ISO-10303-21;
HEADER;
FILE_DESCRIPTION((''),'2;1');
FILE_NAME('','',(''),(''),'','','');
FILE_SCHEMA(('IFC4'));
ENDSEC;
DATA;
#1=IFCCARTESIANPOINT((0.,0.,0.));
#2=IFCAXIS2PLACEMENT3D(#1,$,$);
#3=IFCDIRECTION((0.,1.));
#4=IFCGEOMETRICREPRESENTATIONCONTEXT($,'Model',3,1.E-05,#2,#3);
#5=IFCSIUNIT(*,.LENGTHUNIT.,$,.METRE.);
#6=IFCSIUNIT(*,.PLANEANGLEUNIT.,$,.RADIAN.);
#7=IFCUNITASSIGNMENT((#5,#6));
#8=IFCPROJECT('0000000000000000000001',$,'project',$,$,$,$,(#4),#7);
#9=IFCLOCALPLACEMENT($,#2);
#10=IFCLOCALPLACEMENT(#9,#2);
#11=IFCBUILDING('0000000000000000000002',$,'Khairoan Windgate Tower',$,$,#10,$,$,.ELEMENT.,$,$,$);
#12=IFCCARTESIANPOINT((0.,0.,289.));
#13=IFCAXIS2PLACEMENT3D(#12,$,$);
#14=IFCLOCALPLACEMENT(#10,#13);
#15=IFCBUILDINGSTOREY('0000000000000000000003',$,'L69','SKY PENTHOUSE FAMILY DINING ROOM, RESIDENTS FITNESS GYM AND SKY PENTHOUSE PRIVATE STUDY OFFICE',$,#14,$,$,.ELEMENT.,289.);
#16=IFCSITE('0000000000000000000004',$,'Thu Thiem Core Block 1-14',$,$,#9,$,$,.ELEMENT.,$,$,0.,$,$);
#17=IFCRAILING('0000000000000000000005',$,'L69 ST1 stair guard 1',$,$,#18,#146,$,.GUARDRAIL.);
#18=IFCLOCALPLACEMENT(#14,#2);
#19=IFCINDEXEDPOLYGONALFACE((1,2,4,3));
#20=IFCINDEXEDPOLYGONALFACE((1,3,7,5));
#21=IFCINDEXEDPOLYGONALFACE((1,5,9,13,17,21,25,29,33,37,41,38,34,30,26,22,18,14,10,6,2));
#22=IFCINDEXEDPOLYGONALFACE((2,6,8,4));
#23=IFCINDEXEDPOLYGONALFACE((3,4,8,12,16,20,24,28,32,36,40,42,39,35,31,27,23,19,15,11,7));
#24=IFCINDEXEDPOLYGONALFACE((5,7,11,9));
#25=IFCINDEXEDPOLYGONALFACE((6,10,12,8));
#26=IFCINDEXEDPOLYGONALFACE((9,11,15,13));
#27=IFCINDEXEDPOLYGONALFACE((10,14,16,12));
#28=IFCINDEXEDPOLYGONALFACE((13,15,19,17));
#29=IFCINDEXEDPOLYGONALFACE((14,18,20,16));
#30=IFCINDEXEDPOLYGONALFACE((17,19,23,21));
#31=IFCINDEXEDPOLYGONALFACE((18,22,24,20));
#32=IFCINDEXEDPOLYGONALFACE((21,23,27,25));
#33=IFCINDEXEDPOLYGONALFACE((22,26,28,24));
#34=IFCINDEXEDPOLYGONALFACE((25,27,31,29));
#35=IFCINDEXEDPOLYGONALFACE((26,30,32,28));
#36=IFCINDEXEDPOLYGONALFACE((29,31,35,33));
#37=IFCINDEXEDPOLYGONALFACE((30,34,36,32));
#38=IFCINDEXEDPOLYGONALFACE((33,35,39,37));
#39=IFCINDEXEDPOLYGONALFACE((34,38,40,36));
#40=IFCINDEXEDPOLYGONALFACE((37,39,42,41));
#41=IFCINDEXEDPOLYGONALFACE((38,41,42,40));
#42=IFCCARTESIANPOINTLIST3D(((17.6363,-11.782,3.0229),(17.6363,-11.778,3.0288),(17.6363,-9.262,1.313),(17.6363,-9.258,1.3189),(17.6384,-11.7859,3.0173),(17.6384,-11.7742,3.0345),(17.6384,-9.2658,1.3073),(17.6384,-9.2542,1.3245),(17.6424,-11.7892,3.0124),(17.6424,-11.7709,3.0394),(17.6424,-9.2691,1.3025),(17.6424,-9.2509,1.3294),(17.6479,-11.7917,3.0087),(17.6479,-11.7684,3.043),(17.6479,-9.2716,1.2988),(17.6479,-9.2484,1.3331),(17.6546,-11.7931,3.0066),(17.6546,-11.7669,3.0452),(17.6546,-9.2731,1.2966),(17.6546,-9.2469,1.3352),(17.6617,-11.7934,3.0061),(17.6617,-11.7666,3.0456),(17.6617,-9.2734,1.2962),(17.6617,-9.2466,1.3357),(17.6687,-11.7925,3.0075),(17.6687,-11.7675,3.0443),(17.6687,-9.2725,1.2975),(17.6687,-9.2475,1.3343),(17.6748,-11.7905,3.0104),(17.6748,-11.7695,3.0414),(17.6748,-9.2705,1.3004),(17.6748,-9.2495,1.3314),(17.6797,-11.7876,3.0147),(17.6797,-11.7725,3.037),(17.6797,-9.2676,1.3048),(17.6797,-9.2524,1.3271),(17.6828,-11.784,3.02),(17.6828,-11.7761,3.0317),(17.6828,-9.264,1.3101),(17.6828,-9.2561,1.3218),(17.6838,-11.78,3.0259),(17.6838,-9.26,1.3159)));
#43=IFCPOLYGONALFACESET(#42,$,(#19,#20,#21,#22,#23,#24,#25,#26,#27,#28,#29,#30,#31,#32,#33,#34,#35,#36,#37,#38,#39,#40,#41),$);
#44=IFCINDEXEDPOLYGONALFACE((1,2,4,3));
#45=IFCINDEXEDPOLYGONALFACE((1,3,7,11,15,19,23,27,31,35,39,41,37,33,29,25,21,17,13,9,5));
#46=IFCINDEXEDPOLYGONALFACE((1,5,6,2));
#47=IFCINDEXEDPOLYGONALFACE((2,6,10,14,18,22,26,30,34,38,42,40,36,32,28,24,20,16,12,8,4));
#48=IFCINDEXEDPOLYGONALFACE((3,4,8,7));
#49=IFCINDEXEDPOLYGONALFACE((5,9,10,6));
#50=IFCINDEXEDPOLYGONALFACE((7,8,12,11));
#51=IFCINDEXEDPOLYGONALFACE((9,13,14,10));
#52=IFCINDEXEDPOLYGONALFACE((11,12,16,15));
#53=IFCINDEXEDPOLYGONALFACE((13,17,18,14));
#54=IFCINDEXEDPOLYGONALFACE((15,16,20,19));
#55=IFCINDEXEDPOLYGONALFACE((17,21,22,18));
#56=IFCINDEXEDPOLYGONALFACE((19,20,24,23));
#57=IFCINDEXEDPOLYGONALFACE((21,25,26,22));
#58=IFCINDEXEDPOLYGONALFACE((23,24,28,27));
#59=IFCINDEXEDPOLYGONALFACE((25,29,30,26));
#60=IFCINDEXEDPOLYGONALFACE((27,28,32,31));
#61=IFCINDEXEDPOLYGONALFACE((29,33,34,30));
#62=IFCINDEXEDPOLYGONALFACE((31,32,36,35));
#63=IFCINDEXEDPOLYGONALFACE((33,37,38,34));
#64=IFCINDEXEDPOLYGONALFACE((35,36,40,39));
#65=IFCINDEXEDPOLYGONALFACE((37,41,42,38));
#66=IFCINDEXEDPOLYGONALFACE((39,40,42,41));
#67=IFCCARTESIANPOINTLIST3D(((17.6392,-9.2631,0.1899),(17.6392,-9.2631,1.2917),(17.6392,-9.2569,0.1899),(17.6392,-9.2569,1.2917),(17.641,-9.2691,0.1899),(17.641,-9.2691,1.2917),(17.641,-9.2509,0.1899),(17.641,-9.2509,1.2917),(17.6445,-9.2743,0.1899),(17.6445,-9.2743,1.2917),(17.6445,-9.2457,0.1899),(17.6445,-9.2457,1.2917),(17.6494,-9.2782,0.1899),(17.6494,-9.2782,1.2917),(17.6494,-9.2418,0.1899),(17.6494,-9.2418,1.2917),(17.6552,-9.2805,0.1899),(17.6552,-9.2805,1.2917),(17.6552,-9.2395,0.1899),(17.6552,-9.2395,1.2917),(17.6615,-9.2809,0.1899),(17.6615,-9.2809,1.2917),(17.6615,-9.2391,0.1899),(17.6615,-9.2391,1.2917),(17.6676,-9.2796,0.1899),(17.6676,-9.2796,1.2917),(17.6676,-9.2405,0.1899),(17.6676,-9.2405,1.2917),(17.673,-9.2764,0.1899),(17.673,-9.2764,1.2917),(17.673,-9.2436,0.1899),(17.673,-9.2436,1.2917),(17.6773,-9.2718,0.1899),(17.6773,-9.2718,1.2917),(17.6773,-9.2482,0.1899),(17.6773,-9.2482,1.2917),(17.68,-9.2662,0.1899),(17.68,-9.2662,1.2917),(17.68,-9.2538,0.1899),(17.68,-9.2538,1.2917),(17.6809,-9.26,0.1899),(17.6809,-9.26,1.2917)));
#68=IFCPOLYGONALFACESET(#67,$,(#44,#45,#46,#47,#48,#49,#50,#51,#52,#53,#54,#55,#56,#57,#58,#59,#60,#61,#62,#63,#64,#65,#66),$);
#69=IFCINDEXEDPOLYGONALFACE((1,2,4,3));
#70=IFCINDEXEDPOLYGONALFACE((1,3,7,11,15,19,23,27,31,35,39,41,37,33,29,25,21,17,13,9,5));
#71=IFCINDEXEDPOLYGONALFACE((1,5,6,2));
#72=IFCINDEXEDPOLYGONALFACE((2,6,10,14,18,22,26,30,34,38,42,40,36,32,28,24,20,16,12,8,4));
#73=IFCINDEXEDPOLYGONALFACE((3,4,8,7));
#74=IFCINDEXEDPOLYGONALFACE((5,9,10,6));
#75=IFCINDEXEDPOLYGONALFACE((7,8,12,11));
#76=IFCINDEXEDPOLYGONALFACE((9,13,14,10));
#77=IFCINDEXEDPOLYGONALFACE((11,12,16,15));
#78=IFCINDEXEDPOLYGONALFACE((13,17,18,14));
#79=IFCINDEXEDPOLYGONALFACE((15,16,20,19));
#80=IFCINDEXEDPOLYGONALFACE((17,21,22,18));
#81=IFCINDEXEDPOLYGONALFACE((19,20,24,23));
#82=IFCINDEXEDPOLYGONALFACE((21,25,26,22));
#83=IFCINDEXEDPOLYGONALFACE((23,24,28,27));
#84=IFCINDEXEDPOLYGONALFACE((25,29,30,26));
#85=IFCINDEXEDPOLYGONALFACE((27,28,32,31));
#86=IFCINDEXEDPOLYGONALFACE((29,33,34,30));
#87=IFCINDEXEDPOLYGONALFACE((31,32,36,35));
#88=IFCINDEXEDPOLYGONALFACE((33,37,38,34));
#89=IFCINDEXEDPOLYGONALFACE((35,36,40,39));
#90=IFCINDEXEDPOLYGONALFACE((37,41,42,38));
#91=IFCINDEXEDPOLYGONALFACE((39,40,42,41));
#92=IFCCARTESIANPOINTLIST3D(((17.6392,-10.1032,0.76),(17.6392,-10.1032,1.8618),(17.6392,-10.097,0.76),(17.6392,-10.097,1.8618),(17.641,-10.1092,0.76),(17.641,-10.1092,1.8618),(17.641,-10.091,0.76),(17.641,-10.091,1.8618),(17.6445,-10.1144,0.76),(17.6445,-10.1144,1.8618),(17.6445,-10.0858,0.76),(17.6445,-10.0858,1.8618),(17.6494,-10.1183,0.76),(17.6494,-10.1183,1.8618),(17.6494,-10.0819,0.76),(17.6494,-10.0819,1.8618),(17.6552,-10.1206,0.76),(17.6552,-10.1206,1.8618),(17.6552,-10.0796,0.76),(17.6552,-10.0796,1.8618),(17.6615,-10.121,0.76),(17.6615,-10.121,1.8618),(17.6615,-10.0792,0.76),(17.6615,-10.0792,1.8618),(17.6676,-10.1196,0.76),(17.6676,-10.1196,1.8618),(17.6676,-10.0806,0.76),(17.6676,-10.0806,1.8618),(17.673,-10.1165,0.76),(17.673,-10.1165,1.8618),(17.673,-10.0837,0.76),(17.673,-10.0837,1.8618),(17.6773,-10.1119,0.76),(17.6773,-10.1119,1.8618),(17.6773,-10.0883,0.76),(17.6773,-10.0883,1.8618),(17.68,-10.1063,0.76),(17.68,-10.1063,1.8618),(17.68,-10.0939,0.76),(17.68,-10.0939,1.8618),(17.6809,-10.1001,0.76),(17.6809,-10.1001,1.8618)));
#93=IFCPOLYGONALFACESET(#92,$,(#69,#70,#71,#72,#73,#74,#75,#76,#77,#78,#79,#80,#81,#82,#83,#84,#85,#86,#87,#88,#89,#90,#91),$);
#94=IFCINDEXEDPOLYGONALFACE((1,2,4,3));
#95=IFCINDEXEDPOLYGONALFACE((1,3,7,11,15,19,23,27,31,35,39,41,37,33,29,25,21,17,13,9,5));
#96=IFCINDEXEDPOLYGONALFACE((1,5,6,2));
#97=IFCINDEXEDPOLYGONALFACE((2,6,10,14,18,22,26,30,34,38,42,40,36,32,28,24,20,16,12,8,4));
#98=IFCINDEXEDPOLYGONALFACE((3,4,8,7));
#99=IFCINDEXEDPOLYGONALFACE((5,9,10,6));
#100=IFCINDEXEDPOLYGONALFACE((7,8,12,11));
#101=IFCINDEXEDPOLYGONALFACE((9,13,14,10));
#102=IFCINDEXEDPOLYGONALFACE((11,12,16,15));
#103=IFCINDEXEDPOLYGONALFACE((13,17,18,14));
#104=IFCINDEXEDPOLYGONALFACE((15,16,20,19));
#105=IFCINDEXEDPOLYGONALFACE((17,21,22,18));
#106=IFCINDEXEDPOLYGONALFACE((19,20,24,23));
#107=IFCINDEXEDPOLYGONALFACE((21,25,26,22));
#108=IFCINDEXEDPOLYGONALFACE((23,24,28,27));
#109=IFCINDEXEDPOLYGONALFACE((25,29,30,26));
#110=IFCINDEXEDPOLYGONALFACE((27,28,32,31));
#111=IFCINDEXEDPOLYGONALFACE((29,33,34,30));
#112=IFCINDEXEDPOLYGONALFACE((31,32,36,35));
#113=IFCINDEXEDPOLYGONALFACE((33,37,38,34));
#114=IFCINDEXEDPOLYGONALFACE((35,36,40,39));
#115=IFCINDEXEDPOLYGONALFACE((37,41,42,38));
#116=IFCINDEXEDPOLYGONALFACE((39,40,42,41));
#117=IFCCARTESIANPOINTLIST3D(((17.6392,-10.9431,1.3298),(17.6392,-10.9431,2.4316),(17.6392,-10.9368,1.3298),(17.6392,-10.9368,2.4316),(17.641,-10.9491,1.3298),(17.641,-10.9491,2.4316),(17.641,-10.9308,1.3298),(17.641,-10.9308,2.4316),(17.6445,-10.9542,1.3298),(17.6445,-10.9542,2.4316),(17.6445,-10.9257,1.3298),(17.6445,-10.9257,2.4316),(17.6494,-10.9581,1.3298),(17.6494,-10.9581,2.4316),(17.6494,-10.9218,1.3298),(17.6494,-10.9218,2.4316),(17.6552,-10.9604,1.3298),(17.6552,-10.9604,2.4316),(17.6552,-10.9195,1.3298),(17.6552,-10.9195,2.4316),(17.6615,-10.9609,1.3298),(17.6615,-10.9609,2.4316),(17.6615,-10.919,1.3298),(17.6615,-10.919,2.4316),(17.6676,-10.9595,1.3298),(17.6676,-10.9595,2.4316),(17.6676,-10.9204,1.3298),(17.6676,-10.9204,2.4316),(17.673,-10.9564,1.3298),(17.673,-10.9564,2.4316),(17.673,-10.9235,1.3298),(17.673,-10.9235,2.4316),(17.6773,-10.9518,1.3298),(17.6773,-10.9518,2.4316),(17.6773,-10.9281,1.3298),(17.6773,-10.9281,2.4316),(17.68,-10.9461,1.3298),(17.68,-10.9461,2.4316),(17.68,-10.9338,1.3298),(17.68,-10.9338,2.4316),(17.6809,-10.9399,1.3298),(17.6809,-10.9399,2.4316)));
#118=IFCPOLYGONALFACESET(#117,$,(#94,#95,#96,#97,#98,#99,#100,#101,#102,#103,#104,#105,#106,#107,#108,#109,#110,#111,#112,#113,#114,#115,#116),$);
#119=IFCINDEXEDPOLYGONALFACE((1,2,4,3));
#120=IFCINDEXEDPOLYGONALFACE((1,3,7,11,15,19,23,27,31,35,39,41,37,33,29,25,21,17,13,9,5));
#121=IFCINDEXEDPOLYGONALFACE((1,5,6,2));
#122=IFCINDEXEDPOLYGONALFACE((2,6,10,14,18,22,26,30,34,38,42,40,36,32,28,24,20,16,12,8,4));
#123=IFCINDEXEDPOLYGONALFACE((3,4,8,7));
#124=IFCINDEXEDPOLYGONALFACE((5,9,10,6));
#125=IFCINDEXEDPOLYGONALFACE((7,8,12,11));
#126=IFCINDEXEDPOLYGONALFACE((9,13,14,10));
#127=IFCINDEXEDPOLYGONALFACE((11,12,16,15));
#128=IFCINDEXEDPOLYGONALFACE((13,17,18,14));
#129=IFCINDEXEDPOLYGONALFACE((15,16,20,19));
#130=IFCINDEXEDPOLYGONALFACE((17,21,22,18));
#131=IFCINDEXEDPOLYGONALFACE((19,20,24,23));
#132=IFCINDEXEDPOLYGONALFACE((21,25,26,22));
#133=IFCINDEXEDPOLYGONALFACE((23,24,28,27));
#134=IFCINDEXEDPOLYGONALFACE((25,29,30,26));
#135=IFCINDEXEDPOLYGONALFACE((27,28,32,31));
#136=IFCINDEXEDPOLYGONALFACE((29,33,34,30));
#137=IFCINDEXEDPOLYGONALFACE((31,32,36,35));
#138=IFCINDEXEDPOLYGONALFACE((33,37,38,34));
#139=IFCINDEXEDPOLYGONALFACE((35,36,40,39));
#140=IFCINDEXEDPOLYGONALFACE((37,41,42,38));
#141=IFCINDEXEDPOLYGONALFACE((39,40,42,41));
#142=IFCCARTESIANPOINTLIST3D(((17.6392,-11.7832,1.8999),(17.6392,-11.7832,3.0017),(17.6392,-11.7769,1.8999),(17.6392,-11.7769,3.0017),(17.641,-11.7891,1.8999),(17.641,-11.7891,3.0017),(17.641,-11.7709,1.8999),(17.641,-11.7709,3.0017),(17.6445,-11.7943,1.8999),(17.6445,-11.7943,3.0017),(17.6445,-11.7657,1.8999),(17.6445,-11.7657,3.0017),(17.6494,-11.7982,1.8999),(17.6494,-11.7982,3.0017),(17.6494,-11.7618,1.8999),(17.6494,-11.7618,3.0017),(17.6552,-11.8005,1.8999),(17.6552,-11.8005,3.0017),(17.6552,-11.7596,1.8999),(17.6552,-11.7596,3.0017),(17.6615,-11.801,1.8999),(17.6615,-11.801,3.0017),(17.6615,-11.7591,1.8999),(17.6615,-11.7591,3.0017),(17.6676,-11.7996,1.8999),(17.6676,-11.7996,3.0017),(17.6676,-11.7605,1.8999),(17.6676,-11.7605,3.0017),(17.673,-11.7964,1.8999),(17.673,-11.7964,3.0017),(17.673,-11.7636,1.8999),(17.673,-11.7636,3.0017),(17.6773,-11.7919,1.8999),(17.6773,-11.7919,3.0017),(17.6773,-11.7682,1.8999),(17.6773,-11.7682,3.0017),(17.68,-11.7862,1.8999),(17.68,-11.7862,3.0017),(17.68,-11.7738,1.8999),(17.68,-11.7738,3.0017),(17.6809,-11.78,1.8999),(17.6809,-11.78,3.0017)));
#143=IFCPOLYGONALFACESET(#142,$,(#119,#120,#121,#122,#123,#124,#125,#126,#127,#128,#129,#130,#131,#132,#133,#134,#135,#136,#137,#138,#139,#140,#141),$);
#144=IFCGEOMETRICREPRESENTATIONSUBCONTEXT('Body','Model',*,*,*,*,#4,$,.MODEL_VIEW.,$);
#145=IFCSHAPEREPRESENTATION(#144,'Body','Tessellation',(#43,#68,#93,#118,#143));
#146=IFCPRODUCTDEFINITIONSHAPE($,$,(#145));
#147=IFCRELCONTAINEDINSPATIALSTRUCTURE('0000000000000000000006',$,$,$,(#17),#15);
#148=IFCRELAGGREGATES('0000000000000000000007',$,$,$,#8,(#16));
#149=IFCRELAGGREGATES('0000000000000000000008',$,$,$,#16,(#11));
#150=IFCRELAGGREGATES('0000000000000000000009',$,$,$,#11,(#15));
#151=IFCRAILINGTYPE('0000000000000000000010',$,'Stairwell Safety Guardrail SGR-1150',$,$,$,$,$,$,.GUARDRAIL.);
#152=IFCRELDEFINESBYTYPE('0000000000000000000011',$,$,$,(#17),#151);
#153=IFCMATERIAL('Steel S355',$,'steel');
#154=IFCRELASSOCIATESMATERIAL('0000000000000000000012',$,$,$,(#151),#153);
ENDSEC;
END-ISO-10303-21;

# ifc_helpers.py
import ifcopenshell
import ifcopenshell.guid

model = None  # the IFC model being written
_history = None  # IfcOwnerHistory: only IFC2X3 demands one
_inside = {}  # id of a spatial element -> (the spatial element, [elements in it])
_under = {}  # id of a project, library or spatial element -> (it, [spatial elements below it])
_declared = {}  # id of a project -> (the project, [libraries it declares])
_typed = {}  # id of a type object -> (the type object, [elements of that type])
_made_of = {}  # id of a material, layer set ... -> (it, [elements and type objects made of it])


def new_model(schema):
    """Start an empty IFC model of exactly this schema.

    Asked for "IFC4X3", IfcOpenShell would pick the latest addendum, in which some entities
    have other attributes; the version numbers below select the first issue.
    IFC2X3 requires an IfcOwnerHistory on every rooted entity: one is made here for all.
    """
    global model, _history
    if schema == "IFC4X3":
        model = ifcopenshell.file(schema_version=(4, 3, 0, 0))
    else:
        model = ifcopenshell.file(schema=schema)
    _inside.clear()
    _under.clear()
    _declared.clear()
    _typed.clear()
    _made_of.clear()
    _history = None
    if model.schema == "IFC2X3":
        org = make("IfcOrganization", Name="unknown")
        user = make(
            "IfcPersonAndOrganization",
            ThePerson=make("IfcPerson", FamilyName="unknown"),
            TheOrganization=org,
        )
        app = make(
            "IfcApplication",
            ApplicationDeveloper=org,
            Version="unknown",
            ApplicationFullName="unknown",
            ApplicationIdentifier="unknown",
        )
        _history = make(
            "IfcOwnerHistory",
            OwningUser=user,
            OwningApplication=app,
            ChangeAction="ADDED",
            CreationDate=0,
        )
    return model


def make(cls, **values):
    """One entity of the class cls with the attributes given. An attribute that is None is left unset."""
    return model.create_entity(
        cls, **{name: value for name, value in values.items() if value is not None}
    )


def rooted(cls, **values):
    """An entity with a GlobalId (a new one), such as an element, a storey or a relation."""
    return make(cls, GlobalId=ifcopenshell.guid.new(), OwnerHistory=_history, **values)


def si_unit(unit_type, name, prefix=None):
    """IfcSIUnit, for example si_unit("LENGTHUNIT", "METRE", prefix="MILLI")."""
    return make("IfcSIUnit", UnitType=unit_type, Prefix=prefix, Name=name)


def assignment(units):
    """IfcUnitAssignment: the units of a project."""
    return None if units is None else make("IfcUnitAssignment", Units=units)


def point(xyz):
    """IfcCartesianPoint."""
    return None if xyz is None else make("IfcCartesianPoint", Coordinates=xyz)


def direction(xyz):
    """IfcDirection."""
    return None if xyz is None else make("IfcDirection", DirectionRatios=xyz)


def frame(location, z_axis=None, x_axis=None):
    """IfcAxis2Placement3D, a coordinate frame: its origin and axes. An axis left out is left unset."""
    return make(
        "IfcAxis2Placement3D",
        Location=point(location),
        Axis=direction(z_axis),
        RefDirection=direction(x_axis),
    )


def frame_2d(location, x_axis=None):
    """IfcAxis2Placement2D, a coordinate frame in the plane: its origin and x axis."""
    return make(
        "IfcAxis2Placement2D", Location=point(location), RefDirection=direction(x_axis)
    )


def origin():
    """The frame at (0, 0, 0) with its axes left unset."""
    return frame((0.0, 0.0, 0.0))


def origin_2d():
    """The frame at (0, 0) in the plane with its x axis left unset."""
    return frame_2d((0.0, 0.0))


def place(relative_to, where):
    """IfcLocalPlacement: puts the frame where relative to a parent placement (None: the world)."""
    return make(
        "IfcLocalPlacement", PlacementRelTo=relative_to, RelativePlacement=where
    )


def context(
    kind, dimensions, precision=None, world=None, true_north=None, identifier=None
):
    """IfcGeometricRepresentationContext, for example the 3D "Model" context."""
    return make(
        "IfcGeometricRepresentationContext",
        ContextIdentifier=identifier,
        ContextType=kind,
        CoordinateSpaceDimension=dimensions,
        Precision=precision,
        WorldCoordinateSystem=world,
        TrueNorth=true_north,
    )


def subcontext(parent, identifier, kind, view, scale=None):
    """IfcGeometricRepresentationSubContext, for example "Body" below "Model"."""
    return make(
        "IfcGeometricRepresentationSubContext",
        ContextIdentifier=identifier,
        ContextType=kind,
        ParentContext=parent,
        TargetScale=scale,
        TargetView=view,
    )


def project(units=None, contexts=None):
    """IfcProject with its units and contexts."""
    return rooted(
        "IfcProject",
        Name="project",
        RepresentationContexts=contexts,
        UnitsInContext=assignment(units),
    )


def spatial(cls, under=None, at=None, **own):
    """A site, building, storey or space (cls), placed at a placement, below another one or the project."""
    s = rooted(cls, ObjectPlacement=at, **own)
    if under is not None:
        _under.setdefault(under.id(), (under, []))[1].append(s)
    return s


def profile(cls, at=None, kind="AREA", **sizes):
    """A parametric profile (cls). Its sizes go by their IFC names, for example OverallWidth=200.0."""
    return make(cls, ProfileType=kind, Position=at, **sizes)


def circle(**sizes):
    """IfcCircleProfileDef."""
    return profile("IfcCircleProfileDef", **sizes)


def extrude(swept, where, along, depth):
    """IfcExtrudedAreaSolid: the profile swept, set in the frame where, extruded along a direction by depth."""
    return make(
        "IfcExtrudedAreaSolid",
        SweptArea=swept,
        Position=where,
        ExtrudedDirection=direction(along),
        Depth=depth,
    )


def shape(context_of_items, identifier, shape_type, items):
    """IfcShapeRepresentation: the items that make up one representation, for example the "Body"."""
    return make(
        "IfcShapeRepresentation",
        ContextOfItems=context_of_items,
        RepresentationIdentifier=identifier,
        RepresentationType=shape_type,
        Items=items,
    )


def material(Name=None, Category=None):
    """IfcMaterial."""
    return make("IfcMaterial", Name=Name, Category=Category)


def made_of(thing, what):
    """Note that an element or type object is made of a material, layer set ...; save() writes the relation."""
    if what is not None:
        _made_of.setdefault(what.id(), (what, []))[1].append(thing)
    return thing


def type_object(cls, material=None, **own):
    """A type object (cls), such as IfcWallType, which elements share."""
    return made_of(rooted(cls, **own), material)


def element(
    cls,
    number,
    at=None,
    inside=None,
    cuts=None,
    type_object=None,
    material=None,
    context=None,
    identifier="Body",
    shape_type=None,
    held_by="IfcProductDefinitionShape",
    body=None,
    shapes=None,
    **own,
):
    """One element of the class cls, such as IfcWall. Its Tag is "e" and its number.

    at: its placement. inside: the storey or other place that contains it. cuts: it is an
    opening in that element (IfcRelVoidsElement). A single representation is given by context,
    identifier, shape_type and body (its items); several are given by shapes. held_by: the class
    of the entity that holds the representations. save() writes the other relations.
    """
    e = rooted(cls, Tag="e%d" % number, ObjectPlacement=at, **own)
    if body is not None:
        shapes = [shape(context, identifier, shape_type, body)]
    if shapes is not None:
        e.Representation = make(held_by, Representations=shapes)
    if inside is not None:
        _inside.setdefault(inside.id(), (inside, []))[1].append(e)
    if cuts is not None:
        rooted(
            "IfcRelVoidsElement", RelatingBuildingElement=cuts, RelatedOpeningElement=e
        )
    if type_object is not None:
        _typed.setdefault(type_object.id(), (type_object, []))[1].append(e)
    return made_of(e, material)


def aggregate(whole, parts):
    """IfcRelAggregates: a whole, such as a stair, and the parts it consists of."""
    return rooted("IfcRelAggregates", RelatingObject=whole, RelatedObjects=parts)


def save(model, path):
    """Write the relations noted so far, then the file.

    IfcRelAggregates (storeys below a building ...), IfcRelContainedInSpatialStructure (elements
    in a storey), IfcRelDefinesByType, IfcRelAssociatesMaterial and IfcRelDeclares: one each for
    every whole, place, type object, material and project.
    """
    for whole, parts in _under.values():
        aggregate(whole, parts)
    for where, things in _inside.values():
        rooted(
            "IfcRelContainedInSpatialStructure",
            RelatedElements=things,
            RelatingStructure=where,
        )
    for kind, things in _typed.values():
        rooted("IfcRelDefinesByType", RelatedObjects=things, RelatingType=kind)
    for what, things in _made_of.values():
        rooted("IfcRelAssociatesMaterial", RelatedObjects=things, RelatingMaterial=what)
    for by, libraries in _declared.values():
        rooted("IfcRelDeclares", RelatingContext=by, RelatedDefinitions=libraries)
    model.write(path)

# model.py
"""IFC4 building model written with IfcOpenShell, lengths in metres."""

from ifc_helpers import new_model, si_unit, direction, frame, origin, origin_2d, place, context, subcontext, project, spatial, circle, extrude, material, type_object, element, save


model = new_model("IFC4")

# Units and contexts
model_context = context("Model", 3, precision=1e-05, world=origin(), true_north=direction((0.0, 1.0)))
body_context = subcontext(model_context, "Body", "Model", "MODEL_VIEW")
ifc_project = project(units=[si_unit("LENGTHUNIT", "METRE"), si_unit("PLANEANGLEUNIT", "RADIAN")], contexts=[model_context])

# Site, building, storey
site_placement = place(None, origin())
site = spatial("IfcSite", under=ifc_project, at=site_placement, Name="Thu Thiem Core Block 1-14", CompositionType="ELEMENT", RefElevation=0.0)
building_placement = place(site_placement, origin())
building = spatial("IfcBuilding", under=site, at=building_placement, Name="Khairoan Windgate Tower", CompositionType="ELEMENT")
storey_placement = place(building_placement, frame((0.0, 0.0, 289.0)))
storey = spatial("IfcBuildingStorey", under=building, at=storey_placement, Name="L69", Description="SKY PENTHOUSE FAMILY DINING ROOM, RESIDENTS FITNESS GYM AND SKY PENTHOUSE PRIVATE STUDY OFFICE", CompositionType="ELEMENT", Elevation=289.0)

# Railing
ifc_material_1 = material(Name="Steel S355", Category="steel")
railing_type_1 = type_object("IfcRailingType", Name="Stairwell Safety Guardrail SGR-1150", PredefinedType="GUARDRAIL", material=ifc_material_1)
railing_1_placement = place(storey_placement, frame((17.6599, -9.26, 0.1899)))
element("IfcRailing", 1, at=railing_1_placement, inside=storey, type_object=railing_type_1, Name="L69 ST1 stair guard 1", PredefinedType="GUARDRAIL", context=body_context, shape_type="SweptSolid", body=[
    extrude(circle(Radius=0.0239, at=origin_2d()), frame((0.0, 0.0, 1.126), z_axis=(0.0, -0.827484, 0.56149), x_axis=(1.0, 0.0, 0.0)), (0.0, 0.0, 1.0), 3.0454),
    extrude(circle(Radius=0.021, at=origin_2d()), origin(), (0.0, 0.0, 1.0), 1.1018),
    extrude(circle(Radius=0.021, at=origin_2d()), frame((0.0, -0.8401, 0.5701)), (0.0, 0.0, 1.0), 1.1018),
    extrude(circle(Radius=0.021, at=origin_2d()), frame((0.0, -1.6799, 1.1399)), (0.0, 0.0, 1.0), 1.1018),
    extrude(circle(Radius=0.021, at=origin_2d()), frame((0.0, -2.52, 1.71)), (0.0, 0.0, 1.0), 1.1018),
])

save(model, "model.ifc")
